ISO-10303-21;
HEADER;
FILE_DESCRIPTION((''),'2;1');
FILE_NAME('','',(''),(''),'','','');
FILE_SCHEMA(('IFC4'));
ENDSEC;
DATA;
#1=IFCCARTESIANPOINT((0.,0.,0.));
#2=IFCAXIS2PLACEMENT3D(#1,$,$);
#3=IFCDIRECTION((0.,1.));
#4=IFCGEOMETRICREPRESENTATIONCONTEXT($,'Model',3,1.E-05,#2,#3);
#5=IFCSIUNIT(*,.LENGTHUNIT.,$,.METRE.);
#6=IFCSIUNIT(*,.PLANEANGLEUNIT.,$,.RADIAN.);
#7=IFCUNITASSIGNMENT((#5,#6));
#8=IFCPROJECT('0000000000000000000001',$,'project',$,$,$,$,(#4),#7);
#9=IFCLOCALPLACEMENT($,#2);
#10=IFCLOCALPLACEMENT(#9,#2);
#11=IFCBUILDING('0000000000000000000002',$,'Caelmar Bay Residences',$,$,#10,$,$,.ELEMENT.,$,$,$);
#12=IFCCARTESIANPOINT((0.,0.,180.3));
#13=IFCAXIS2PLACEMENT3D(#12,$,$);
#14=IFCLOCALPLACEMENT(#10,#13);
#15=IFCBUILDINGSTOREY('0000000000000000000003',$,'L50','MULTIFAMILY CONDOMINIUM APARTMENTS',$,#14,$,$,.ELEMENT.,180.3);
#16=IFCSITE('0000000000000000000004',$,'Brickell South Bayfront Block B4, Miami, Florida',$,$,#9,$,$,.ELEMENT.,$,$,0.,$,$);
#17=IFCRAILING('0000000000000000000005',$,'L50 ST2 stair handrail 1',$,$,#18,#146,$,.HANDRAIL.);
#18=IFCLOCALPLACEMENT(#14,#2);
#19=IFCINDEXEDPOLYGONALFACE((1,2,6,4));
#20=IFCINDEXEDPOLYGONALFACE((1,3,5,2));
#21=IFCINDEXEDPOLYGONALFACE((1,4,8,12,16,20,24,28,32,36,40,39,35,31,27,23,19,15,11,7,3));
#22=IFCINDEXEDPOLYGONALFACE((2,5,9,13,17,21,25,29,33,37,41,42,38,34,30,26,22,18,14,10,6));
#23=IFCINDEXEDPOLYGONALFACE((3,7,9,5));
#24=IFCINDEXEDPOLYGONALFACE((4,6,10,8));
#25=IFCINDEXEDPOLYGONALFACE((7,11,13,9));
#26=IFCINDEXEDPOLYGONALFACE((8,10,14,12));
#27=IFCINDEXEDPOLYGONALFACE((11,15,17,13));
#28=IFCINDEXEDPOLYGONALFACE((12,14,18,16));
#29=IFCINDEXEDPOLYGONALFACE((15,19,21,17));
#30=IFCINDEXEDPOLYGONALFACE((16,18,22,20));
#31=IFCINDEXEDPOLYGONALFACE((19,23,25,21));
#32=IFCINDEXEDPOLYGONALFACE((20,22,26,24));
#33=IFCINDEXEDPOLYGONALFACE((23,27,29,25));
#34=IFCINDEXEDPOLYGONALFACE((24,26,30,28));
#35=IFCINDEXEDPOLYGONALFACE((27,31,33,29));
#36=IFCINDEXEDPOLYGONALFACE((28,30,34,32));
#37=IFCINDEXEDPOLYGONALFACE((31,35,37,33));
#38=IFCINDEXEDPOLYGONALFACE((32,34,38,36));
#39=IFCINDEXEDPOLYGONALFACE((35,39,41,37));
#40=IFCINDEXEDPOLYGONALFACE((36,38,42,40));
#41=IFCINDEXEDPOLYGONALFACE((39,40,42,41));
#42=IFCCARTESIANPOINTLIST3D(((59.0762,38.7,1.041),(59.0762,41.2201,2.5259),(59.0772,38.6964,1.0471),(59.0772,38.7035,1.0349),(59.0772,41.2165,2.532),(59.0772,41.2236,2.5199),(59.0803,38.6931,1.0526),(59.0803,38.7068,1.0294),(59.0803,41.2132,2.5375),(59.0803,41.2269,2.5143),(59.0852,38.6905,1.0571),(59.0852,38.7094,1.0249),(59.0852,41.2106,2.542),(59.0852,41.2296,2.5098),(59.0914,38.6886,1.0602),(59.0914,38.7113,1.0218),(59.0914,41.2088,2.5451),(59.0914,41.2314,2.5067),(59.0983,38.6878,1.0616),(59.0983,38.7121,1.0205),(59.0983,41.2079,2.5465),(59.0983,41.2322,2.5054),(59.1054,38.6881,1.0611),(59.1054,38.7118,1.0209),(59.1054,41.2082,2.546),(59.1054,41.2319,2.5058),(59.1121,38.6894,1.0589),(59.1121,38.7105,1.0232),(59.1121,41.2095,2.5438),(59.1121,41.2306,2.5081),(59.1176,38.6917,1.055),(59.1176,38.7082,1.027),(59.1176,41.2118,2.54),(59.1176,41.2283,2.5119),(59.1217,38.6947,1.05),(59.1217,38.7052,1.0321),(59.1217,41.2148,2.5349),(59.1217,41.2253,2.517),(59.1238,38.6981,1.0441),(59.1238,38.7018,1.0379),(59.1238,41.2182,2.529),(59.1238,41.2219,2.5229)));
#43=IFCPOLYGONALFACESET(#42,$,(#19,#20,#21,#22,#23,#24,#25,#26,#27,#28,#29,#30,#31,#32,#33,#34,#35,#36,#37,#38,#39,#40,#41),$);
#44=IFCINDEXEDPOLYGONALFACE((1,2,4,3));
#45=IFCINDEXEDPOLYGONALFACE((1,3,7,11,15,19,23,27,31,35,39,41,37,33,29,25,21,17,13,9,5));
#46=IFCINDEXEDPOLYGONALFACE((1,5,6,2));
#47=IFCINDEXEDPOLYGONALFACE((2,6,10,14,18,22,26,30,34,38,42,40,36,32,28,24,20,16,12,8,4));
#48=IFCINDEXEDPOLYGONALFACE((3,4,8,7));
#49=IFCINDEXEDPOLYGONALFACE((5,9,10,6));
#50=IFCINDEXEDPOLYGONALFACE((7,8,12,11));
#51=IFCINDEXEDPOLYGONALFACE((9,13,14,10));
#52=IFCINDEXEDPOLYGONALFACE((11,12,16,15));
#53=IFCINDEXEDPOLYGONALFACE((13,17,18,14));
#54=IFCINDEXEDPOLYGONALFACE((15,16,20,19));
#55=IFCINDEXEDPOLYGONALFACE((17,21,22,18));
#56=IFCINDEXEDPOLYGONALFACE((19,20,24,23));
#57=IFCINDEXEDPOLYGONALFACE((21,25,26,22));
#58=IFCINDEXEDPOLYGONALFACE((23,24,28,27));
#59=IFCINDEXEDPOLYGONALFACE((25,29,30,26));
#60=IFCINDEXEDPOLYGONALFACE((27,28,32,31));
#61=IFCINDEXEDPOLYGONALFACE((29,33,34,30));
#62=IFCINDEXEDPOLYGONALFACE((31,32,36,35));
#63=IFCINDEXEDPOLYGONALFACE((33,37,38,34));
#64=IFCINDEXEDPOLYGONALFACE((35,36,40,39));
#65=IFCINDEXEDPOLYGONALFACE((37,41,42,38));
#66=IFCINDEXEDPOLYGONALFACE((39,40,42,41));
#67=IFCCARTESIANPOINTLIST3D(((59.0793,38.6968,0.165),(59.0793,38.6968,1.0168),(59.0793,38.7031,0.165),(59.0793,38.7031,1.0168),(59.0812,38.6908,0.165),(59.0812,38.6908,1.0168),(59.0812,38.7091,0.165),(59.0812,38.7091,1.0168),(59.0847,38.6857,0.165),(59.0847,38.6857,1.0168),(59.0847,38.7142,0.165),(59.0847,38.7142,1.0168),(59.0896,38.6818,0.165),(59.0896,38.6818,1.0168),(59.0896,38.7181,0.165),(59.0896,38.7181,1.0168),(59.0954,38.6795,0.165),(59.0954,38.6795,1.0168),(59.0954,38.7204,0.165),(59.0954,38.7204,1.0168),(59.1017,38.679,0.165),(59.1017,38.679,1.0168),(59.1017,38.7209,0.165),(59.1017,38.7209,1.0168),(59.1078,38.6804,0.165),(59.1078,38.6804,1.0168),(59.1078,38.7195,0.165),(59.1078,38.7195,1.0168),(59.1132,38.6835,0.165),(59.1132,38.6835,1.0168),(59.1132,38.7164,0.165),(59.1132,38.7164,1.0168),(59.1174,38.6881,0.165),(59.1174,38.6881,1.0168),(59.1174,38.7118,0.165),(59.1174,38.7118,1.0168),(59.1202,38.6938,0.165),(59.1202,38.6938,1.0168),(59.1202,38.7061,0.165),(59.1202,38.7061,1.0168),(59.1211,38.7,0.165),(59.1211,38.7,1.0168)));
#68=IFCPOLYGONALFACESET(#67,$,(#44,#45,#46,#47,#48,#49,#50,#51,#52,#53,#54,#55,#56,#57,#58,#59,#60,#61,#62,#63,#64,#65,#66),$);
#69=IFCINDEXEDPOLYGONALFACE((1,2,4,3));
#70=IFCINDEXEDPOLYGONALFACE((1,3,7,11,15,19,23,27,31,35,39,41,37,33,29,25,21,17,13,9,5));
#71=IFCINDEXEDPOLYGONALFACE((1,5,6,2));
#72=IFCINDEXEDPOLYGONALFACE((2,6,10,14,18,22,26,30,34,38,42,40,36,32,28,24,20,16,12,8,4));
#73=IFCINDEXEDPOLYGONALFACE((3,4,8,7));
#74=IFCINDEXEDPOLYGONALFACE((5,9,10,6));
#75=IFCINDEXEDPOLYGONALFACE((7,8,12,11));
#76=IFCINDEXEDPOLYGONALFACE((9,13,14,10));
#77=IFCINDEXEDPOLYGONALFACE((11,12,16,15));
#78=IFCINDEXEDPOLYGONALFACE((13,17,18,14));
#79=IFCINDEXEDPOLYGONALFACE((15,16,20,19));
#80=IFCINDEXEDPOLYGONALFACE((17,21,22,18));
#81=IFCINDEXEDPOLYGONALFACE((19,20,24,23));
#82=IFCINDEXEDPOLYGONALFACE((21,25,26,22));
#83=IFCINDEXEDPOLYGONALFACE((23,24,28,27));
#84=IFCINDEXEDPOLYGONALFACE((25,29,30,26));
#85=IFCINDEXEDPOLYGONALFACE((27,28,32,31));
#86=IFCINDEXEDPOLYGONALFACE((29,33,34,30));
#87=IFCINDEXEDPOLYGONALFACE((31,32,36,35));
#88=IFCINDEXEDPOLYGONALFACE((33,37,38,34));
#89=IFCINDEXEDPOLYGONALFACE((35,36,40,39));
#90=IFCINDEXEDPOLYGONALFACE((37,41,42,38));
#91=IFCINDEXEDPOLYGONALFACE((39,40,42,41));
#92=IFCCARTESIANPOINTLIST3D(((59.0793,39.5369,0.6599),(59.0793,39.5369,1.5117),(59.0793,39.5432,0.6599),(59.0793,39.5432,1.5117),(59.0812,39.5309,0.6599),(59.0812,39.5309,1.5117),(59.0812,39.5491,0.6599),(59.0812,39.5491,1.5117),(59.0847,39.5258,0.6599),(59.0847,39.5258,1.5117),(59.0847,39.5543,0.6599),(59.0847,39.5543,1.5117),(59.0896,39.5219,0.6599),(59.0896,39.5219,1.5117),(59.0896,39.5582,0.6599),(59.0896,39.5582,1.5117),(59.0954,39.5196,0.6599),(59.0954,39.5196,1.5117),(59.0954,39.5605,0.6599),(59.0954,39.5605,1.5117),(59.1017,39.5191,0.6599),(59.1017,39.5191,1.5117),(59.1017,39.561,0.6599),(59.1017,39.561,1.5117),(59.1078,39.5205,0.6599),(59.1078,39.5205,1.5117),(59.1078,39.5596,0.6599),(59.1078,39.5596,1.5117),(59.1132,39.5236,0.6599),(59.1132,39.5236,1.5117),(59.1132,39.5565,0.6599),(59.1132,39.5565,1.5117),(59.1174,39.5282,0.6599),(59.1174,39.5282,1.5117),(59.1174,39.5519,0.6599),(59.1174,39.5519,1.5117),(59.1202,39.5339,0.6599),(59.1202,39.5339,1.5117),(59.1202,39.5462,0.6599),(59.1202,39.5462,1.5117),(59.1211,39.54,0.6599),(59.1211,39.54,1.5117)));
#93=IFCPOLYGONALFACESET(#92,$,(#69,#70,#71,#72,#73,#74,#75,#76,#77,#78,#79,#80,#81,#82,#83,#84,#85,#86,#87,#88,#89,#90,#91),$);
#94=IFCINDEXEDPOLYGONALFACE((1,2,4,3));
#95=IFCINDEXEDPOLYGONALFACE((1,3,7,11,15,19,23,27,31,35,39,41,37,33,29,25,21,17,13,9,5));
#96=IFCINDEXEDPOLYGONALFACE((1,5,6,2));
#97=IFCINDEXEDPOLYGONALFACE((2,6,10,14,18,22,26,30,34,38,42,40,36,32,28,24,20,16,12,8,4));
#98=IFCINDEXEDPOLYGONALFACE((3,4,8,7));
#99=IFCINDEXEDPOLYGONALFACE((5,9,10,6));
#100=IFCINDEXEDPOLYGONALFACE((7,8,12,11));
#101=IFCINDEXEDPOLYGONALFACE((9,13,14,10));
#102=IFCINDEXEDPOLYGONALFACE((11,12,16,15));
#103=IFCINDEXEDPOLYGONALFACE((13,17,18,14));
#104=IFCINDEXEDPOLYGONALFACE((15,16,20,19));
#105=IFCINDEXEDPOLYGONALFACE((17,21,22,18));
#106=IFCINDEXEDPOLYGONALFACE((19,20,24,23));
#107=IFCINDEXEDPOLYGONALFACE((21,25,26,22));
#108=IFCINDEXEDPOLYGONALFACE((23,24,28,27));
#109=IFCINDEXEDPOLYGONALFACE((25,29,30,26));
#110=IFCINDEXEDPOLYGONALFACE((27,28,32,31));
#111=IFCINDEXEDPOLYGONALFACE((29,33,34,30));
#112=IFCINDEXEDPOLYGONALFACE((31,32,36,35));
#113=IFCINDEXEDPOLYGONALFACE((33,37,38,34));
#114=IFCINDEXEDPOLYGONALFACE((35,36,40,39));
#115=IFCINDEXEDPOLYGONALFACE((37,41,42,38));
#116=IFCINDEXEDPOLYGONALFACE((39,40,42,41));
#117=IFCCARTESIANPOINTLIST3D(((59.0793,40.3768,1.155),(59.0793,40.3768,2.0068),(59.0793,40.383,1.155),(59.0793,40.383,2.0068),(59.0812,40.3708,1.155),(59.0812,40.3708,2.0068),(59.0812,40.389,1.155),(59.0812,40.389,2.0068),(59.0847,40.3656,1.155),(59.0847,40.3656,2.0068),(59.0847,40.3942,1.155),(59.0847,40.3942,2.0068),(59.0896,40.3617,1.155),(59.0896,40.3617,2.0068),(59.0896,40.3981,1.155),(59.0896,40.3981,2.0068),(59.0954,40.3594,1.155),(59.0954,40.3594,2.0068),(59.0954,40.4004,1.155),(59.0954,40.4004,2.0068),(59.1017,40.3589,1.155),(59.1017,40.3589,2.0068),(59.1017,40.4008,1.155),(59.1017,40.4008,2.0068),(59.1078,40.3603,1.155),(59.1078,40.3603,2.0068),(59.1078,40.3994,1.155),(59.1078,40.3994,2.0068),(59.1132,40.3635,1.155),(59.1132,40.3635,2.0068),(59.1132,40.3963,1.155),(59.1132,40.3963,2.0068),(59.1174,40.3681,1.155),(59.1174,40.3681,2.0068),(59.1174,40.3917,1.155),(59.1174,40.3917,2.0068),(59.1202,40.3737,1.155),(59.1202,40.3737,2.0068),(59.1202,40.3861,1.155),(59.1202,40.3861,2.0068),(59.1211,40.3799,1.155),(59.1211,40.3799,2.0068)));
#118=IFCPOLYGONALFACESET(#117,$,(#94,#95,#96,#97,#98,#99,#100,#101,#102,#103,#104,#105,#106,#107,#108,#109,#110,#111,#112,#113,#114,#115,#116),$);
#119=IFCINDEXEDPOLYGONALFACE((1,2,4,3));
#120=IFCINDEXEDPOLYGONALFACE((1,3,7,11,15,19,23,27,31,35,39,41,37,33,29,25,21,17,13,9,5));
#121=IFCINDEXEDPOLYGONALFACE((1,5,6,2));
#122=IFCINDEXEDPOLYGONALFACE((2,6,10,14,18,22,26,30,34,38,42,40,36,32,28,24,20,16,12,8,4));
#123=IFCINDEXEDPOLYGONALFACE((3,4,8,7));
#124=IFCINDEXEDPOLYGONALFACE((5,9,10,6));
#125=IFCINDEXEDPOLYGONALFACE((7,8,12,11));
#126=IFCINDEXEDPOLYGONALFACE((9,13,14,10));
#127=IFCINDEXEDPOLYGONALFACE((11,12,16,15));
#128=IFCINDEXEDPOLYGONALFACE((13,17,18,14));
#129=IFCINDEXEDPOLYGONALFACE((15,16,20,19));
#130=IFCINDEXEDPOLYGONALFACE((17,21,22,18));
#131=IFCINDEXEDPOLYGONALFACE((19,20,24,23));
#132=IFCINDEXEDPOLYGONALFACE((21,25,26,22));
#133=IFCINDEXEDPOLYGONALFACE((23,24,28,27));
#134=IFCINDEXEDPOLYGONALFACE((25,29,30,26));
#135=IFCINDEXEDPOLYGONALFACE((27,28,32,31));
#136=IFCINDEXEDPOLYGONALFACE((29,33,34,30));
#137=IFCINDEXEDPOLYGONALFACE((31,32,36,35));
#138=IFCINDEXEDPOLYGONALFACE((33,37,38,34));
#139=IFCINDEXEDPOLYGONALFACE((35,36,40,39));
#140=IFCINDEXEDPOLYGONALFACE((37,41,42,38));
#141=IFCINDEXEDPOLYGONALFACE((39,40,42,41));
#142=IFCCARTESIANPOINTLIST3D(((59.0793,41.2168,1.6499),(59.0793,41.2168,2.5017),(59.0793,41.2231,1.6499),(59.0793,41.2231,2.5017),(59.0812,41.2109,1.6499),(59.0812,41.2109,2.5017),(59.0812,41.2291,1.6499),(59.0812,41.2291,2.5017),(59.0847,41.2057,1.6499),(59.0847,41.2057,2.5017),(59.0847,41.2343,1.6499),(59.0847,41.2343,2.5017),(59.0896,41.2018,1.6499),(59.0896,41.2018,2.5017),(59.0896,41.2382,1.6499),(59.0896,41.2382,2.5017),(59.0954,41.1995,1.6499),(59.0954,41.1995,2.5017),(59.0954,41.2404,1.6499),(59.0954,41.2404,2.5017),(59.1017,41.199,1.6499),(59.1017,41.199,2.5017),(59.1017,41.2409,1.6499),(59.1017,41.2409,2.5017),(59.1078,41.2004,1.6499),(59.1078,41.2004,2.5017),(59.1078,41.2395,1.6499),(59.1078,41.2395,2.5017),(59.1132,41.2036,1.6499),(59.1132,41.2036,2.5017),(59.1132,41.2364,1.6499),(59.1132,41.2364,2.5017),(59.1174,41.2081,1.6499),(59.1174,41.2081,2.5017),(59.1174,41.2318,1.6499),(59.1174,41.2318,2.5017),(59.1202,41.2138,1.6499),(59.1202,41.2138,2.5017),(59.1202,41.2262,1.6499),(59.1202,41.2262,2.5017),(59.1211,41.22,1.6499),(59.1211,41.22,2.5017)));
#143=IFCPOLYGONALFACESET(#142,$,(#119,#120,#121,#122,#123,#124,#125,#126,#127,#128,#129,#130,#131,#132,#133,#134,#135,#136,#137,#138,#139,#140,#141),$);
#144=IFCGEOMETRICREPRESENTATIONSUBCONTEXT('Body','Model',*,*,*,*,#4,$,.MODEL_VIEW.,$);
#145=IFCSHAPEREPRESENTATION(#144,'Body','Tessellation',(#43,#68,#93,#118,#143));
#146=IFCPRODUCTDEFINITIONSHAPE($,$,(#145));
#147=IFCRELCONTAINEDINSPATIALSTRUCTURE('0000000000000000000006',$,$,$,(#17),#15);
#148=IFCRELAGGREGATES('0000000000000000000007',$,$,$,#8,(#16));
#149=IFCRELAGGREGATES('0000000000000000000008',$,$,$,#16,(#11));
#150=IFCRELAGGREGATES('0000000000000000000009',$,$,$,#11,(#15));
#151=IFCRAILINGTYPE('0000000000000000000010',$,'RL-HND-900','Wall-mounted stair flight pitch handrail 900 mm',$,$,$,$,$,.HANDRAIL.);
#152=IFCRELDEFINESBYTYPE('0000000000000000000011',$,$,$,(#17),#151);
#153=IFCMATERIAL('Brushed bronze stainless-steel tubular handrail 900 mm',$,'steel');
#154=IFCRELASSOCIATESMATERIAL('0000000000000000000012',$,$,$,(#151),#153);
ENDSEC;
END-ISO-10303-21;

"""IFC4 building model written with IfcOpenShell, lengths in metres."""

from ifc_helpers import new_model, si_unit, direction, frame, origin, origin_2d, place, context, subcontext, project, spatial, circle, extrude, material, type_object, element, save


model = new_model("IFC4")

# Units and contexts
model_context = context("Model", 3, precision=1e-05, world=origin(), true_north=direction((0.0, 1.0)))
body_context = subcontext(model_context, "Body", "Model", "MODEL_VIEW")
ifc_project = project(units=[si_unit("LENGTHUNIT", "METRE"), si_unit("PLANEANGLEUNIT", "RADIAN")], contexts=[model_context])

# Site, building, storey
site_placement = place(None, origin())
site = spatial("IfcSite", under=ifc_project, at=site_placement, Name="Brickell South Bayfront Block B4, Miami, Florida", CompositionType="ELEMENT", RefElevation=0.0)
building_placement = place(site_placement, origin())
building = spatial("IfcBuilding", under=site, at=building_placement, Name="Caelmar Bay Residences", CompositionType="ELEMENT")
storey_placement = place(building_placement, frame((0.0, 0.0, 180.3)))
storey = spatial("IfcBuildingStorey", under=building, at=storey_placement, Name="L50", Description="MULTIFAMILY CONDOMINIUM APARTMENTS", CompositionType="ELEMENT", Elevation=180.3)

# Railing
ifc_material_1 = material(Name="Brushed bronze stainless-steel tubular handrail 900 mm", Category="steel")
railing_type_1 = type_object("IfcRailingType", Name="RL-HND-900", Description="Wall-mounted stair flight pitch handrail 900 mm", PredefinedType="HANDRAIL", material=ifc_material_1)
railing_1_placement = place(storey_placement, frame((59.1001, 38.7, 0.165)))
element("IfcRailing", 1, at=railing_1_placement, inside=storey, type_object=railing_type_1, Name="L50 ST2 stair handrail 1", PredefinedType="HANDRAIL", context=body_context, shape_type="SweptSolid", body=[
    extrude(circle(Radius=0.0239, at=origin_2d()), frame((0.0, 0.0, 0.876), z_axis=(0.0, 0.861561, 0.507655), x_axis=(-1.0, 0.0, 0.0)), (0.0, 0.0, 1.0), 2.925),
    extrude(circle(Radius=0.021, at=origin_2d()), origin(), (0.0, 0.0, 1.0), 0.8518),
    extrude(circle(Radius=0.021, at=origin_2d()), frame((0.0, 0.8401, 0.4949)), (0.0, 0.0, 1.0), 0.8518),
    extrude(circle(Radius=0.021, at=origin_2d()), frame((0.0, 1.6799, 0.99)), (0.0, 0.0, 1.0), 0.8518),
    extrude(circle(Radius=0.021, at=origin_2d()), frame((0.0, 2.52, 1.4849)), (0.0, 0.0, 1.0), 0.8518),
])

save(model, "model.ifc")
